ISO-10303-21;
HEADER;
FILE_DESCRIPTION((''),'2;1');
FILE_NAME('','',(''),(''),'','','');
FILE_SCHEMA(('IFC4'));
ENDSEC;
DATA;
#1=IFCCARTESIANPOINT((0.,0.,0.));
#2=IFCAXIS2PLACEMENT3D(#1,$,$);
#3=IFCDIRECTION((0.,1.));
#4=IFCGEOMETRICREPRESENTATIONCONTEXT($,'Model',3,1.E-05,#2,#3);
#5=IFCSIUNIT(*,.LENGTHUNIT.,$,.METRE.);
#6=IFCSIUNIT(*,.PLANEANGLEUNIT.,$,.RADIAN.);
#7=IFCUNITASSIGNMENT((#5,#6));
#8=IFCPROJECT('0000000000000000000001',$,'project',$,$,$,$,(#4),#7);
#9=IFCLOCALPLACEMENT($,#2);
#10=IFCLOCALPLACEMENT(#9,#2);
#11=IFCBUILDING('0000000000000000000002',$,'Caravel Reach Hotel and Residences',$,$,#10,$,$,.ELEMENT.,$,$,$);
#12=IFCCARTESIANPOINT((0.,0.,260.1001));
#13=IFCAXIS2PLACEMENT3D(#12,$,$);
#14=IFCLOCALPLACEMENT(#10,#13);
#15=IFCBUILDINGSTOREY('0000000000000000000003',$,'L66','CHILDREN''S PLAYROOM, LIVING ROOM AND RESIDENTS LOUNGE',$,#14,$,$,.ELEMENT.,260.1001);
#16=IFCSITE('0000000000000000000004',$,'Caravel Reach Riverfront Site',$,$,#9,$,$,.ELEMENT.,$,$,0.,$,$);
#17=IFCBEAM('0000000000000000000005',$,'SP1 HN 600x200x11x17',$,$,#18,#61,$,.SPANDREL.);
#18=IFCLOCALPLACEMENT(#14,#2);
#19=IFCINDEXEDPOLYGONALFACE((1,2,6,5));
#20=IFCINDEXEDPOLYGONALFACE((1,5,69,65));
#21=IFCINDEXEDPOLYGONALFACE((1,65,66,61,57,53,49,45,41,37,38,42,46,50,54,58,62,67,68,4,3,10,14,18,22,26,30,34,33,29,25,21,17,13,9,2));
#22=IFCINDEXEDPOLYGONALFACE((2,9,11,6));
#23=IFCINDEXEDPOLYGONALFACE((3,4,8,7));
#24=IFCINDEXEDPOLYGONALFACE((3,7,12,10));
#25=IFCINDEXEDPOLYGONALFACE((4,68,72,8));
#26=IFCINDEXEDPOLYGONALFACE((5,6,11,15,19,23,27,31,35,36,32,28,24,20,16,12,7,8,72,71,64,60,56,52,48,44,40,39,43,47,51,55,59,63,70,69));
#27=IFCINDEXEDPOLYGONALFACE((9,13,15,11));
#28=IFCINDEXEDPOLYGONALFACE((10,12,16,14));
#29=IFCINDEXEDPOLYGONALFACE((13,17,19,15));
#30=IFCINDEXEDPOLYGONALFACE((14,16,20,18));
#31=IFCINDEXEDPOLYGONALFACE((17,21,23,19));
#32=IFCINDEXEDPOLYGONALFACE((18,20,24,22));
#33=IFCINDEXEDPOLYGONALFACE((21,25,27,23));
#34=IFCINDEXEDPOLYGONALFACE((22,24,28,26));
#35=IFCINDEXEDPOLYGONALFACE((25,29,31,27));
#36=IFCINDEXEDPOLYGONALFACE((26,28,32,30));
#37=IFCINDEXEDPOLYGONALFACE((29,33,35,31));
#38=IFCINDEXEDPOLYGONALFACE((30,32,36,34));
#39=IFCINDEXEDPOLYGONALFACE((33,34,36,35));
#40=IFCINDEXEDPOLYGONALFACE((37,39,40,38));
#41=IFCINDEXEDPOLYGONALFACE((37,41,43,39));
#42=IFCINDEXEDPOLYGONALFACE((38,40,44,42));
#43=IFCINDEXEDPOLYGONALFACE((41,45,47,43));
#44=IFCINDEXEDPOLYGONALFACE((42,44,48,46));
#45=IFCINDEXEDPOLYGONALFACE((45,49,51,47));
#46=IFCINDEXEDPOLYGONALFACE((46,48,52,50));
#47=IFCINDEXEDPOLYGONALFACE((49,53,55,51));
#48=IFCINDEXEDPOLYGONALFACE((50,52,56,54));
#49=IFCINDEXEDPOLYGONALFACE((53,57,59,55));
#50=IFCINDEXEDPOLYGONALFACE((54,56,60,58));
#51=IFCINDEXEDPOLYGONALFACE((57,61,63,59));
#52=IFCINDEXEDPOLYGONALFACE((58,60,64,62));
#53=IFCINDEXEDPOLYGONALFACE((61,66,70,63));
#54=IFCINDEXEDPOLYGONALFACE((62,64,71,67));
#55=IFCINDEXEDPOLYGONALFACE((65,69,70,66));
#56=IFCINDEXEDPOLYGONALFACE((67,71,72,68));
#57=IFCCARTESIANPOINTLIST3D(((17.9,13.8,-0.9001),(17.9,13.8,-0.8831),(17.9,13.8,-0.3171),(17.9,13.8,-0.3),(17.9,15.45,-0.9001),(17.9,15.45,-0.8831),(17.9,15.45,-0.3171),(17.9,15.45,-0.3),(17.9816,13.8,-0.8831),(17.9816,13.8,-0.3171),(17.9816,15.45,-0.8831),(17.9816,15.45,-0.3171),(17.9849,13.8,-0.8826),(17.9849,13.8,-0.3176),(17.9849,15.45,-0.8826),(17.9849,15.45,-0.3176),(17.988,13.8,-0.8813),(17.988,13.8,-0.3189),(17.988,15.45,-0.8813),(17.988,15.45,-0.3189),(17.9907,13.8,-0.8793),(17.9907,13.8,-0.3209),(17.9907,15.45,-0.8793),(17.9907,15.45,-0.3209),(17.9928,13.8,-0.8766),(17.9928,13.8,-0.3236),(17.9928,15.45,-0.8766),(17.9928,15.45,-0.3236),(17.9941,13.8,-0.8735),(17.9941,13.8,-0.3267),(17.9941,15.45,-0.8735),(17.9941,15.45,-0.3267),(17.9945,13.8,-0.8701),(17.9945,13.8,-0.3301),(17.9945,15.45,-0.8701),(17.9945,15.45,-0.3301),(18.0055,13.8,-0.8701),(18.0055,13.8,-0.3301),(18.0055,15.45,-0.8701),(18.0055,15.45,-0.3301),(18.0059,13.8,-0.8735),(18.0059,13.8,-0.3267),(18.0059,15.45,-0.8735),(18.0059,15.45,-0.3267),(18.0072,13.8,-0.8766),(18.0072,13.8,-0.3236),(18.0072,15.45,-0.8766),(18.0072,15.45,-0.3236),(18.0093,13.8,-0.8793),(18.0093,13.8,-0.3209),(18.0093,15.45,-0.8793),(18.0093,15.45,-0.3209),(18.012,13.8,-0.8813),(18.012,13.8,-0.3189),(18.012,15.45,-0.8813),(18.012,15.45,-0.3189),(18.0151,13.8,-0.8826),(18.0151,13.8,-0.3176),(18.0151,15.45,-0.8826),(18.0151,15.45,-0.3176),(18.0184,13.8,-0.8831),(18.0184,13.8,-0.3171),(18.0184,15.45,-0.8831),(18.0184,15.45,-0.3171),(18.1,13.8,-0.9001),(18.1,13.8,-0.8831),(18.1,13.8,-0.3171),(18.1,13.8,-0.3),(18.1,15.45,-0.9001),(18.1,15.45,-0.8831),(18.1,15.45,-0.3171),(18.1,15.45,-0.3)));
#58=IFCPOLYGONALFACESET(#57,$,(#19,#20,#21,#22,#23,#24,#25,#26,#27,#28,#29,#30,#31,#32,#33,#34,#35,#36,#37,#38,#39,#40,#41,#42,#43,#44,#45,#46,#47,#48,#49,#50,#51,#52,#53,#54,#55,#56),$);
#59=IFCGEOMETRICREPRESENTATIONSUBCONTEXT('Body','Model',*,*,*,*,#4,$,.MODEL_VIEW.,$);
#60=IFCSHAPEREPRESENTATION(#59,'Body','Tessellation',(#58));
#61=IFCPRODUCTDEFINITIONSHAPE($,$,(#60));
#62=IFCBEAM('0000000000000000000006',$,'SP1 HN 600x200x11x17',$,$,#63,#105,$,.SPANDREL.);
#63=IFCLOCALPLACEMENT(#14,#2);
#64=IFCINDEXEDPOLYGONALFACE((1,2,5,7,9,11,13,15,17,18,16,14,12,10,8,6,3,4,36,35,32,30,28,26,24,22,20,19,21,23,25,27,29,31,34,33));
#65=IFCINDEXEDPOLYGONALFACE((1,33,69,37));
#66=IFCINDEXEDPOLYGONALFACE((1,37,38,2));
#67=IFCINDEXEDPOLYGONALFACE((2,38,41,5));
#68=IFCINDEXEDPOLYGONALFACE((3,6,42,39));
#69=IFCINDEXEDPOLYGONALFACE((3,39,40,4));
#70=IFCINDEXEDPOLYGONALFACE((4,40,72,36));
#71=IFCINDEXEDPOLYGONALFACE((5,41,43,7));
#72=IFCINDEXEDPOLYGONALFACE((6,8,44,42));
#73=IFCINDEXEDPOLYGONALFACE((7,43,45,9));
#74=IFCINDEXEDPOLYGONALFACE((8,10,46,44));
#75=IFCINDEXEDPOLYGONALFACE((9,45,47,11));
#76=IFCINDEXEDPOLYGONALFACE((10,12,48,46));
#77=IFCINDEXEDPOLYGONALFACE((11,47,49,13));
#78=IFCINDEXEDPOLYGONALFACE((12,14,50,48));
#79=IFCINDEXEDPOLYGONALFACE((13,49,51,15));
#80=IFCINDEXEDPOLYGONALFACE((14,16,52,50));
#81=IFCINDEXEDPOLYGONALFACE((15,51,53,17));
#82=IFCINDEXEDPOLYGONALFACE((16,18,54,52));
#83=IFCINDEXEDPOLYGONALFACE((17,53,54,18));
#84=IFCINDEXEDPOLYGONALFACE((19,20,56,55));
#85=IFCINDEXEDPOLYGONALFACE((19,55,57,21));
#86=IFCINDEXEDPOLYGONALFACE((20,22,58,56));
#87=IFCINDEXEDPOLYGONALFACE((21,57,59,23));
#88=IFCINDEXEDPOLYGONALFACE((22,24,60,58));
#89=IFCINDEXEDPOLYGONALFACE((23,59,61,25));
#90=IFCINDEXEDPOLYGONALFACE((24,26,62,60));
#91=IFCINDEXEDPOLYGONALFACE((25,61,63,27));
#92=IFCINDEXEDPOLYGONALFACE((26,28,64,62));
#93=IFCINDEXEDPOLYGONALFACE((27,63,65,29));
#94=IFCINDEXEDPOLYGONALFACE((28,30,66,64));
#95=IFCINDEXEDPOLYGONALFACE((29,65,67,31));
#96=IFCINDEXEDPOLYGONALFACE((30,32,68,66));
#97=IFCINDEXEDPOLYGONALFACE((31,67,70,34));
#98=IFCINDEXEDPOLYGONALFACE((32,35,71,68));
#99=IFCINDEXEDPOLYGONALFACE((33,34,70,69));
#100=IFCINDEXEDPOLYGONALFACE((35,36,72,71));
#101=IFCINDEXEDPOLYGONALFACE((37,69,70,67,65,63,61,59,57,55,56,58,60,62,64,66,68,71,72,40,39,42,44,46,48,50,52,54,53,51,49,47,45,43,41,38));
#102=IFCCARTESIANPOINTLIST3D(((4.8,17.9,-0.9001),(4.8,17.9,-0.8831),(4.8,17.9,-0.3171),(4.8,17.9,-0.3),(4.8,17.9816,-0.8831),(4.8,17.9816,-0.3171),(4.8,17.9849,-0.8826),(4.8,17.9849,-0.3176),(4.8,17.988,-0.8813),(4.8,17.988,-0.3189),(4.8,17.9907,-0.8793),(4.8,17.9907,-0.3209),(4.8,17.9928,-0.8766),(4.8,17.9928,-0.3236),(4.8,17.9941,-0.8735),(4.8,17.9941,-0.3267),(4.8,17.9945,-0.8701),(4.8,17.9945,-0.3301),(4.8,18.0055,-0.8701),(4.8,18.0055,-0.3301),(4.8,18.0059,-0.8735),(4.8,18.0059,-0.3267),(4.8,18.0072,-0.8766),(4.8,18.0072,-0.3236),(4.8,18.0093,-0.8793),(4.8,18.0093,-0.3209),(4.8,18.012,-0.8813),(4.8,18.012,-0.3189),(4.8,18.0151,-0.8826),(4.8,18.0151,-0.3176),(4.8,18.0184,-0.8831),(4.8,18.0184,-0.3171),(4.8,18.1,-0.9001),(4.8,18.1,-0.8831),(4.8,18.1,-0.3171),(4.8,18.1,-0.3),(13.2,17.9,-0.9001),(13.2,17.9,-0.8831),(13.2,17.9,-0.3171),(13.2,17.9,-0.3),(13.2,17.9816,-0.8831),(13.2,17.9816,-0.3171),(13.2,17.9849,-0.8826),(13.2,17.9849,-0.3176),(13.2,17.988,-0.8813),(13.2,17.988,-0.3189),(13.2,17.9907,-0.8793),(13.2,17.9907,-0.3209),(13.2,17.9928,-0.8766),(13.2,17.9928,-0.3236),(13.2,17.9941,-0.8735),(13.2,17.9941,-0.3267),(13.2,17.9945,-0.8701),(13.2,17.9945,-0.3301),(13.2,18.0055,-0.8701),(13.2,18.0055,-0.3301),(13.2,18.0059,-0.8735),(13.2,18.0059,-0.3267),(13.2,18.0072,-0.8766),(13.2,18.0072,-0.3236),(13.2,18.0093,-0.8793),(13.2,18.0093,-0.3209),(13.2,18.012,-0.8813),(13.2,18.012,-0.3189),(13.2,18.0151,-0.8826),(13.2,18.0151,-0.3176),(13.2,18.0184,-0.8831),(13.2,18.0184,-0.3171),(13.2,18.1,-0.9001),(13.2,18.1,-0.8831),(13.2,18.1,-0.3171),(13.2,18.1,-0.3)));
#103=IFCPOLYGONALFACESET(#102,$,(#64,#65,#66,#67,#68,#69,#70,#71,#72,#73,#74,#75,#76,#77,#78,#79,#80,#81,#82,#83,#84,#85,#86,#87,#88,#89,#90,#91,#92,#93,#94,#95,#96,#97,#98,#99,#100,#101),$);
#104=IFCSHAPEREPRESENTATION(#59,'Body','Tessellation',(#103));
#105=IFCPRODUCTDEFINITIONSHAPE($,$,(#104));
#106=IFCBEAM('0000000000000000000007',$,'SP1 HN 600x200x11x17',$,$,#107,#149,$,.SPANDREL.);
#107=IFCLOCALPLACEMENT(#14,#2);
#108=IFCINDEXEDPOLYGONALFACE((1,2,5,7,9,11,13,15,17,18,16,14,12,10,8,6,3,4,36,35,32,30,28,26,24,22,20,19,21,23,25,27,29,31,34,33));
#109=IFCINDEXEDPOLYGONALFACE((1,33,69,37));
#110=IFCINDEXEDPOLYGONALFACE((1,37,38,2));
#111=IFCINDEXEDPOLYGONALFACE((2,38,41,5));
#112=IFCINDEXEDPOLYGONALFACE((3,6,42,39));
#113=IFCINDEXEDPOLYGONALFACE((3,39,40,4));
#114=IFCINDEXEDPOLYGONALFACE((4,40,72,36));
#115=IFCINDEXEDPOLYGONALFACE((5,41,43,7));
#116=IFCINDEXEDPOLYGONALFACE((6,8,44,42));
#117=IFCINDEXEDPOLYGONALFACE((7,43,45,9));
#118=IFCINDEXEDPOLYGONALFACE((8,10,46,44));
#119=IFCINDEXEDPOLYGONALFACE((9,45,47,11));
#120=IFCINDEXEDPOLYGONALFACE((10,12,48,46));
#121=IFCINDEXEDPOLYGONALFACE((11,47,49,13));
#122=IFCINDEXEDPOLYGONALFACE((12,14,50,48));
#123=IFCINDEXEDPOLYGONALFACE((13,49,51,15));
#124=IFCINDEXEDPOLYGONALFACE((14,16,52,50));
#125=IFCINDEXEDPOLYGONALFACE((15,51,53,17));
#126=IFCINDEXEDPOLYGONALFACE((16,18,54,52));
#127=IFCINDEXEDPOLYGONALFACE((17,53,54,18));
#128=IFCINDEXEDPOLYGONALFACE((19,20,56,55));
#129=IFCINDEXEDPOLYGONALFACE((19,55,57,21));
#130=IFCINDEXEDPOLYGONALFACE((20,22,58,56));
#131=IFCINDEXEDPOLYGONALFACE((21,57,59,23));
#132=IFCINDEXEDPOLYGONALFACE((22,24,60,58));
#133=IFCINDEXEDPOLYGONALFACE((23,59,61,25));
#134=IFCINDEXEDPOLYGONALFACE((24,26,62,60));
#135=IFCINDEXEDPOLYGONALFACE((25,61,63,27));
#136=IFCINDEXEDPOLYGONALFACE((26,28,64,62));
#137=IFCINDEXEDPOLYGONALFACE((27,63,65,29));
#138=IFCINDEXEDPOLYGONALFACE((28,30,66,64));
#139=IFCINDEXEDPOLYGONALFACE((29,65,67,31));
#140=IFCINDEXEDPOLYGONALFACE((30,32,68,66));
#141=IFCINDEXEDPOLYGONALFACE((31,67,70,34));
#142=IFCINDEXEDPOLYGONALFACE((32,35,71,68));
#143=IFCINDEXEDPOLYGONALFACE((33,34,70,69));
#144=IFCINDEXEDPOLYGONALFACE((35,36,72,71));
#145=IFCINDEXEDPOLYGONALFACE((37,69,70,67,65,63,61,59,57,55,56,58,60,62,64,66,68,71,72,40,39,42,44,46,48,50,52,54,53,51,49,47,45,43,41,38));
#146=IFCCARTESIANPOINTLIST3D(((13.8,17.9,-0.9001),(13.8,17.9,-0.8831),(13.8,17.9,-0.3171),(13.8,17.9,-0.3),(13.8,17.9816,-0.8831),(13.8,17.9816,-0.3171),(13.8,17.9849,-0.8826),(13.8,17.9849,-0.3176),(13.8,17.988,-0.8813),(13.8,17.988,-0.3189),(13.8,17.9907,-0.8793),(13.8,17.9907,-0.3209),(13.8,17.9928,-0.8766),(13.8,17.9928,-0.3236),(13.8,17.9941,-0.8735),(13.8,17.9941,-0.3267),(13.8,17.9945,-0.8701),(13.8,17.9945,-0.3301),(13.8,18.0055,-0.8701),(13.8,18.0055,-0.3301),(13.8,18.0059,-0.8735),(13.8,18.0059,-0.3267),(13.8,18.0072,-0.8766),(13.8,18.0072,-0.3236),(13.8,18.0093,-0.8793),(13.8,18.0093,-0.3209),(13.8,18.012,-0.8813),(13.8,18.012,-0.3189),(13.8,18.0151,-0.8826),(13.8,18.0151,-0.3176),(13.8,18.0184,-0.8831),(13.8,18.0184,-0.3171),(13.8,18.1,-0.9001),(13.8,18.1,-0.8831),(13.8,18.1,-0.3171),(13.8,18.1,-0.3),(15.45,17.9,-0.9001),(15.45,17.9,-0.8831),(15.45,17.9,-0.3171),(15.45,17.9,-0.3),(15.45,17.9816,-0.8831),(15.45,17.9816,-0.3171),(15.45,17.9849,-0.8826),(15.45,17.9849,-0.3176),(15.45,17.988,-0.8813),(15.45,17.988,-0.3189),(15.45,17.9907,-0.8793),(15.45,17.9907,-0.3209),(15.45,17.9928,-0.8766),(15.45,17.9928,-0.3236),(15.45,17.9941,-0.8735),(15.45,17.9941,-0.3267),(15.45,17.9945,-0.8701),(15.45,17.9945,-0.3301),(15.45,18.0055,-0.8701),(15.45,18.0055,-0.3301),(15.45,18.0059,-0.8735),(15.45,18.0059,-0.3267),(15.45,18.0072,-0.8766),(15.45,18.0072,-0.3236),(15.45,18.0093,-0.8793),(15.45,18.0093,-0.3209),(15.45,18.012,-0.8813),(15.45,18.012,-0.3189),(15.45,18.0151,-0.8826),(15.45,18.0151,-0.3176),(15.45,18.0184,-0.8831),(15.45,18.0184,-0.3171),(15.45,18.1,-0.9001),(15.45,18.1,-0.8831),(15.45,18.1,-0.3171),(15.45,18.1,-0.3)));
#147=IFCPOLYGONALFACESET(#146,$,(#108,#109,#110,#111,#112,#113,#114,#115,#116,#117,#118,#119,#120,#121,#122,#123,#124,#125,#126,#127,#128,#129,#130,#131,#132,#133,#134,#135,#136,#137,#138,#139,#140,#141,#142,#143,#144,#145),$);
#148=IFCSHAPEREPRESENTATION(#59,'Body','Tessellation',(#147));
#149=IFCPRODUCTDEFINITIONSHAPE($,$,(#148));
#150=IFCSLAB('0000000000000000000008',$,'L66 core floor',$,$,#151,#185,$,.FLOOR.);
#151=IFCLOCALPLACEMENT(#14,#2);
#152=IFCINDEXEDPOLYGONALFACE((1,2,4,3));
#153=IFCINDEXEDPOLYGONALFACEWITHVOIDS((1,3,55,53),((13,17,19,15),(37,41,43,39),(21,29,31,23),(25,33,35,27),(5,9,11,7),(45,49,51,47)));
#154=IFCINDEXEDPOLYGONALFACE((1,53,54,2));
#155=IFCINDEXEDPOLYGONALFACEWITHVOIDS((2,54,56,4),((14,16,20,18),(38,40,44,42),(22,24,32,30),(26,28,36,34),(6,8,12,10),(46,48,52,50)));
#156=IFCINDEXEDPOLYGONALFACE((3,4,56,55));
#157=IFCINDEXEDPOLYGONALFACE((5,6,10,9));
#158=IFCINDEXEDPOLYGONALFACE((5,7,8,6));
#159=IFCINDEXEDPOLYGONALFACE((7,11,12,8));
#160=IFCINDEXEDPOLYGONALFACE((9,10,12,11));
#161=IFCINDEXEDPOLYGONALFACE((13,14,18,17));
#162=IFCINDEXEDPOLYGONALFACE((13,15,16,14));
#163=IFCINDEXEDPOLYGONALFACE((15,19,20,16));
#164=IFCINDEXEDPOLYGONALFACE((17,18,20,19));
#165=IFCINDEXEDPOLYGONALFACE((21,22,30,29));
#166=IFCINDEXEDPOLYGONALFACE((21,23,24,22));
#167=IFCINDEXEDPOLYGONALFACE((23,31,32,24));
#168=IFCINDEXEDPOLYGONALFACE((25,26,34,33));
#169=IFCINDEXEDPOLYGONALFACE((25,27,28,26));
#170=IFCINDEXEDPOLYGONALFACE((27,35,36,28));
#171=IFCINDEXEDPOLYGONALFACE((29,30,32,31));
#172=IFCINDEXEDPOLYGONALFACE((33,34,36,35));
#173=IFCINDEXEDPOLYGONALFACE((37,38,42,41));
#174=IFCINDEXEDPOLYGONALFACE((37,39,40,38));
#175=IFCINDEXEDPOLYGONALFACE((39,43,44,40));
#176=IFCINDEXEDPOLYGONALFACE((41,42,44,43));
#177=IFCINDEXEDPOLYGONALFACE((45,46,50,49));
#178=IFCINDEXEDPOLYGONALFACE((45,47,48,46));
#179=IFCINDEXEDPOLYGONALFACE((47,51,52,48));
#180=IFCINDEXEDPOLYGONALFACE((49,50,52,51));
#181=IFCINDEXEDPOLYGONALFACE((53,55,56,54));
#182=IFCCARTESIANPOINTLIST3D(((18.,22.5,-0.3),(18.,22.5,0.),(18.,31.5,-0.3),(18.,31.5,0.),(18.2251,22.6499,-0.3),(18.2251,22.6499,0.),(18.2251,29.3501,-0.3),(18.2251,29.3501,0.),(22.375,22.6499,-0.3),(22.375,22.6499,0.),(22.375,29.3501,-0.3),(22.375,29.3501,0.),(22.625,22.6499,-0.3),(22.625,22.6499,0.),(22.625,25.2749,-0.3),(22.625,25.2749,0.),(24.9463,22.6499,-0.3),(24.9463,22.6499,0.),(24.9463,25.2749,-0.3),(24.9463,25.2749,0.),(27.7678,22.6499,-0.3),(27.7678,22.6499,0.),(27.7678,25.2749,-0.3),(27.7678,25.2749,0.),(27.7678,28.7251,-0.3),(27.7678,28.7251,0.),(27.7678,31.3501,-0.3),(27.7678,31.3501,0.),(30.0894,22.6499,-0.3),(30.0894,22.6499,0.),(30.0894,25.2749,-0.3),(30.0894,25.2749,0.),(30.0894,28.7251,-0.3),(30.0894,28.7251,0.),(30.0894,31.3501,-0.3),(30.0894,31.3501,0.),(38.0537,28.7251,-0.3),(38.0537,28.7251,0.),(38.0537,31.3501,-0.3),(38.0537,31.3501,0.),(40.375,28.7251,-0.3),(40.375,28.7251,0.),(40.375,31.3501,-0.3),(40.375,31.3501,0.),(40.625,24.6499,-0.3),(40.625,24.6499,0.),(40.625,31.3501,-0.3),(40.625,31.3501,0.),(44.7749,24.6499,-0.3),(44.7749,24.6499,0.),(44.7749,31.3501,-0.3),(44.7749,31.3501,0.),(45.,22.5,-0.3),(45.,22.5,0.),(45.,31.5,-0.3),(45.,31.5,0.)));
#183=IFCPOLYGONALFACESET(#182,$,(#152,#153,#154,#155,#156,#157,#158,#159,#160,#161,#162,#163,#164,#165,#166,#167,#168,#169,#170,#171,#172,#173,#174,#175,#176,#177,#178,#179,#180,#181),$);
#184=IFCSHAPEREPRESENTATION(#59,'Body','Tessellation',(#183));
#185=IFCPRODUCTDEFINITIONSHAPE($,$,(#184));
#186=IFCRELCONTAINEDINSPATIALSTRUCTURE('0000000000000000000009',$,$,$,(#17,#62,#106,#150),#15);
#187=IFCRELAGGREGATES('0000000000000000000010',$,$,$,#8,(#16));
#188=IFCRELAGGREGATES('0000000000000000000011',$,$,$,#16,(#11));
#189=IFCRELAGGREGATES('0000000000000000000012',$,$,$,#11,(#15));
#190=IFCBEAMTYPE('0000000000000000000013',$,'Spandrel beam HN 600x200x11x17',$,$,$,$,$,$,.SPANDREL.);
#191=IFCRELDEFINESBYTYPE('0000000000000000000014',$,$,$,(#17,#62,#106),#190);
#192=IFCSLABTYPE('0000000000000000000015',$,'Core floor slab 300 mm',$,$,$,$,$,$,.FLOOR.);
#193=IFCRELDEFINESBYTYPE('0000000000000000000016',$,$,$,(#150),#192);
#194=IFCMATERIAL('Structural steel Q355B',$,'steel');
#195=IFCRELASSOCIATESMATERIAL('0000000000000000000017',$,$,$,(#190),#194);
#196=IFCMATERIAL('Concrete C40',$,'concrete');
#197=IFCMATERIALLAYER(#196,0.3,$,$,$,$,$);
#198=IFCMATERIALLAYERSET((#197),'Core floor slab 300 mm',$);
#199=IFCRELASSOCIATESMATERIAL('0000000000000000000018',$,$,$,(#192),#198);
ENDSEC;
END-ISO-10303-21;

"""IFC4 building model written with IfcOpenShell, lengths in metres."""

from ifc_helpers import new_model, si_unit, direction, frame, origin, origin_2d, place, context, subcontext, project, spatial, polyline, i_section, outline, extrude, material, layer, layer_set, material_profile, profile_set, type_object, element, save


model = new_model("IFC4")

# Units and contexts
model_context = context("Model", 3, precision=1e-05, world=origin(), true_north=direction((0.0, 1.0)))
body_context = subcontext(model_context, "Body", "Model", "MODEL_VIEW")
ifc_project = project(units=[si_unit("LENGTHUNIT", "METRE"), si_unit("PLANEANGLEUNIT", "RADIAN")], contexts=[model_context])

# Site, building, storey
site_placement = place(None, origin())
site = spatial("IfcSite", under=ifc_project, at=site_placement, Name="Caravel Reach Riverfront Site", CompositionType="ELEMENT", RefElevation=0.0)
building_placement = place(site_placement, origin())
building = spatial("IfcBuilding", under=site, at=building_placement, Name="Caravel Reach Hotel and Residences", CompositionType="ELEMENT")
storey_placement = place(building_placement, frame((0.0, 0.0, 260.1001)))
storey = spatial("IfcBuildingStorey", under=building, at=storey_placement, Name="L66", Description="CHILDREN'S PLAYROOM, LIVING ROOM AND RESIDENTS LOUNGE", CompositionType="ELEMENT", Elevation=260.1001)

# Beams
ifc_material_1 = material(Name="Structural steel Q355B", Category="steel")
ifc_material_profile_1 = material_profile(ifc_material_1, i_section(OverallWidth=0.2, OverallDepth=0.6001, WebThickness=0.011, FlangeThickness=0.0171, FilletRadius=0.0129, at=origin_2d()), Name="HN 600x200x11x17")
ifc_profile_set_1 = profile_set([ifc_material_profile_1], Name="Structural steel Q355B")
beam_type = type_object("IfcBeamType", Name="Spandrel beam HN 600x200x11x17", PredefinedType="SPANDREL", material=ifc_profile_set_1)
for number, where, z_axis, x_axis, name in (
    (1, (18.0, 15.45, -0.6001), (0.0, -1.0, 0.0), (1.0, 0.0, 0.0), "SP1 HN 600x200x11x17"),
):
    element("IfcBeam", number, at=place(storey_placement, frame(where, z_axis=z_axis, x_axis=x_axis)), inside=storey, type_object=beam_type, Name=name, PredefinedType="SPANDREL", context=body_context, shape_type="SweptSolid", body=[
        extrude(i_section(OverallWidth=0.2, OverallDepth=0.6001, WebThickness=0.011, FlangeThickness=0.0171, FilletRadius=0.0129, at=origin_2d()), origin(), (0.0, 0.0, 1.0), 1.6499),
    ])
beam_1_placement = place(storey_placement, frame((4.8, 18.0, -0.6001), z_axis=(1.0, 0.0, 0.0), x_axis=(0.0, 1.0, 0.0)))
element("IfcBeam", 2, at=beam_1_placement, inside=storey, type_object=beam_type, Name="SP1 HN 600x200x11x17", PredefinedType="SPANDREL", context=body_context, shape_type="SweptSolid", body=[
    extrude(i_section(OverallWidth=0.2, OverallDepth=0.6001, WebThickness=0.011, FlangeThickness=0.0171, FilletRadius=0.0129, at=origin_2d()), origin(), (0.0, 0.0, 1.0), 8.3999),
])
beam_2_placement = place(storey_placement, frame((13.8, 18.0, -0.6001), z_axis=(1.0, 0.0, 0.0), x_axis=(0.0, 1.0, 0.0)))
element("IfcBeam", 3, at=beam_2_placement, inside=storey, type_object=beam_type, Name="SP1 HN 600x200x11x17", PredefinedType="SPANDREL", context=body_context, shape_type="SweptSolid", body=[
    extrude(i_section(OverallWidth=0.2, OverallDepth=0.6001, WebThickness=0.011, FlangeThickness=0.0171, FilletRadius=0.0129, at=origin_2d()), origin(), (0.0, 0.0, 1.0), 1.6499),
])

# Slab
ifc_material_2 = material(Name="Concrete C40", Category="concrete")
ifc_layer_1 = layer(ifc_material_2, 0.3)
ifc_layer_set_1 = layer_set([ifc_layer_1], Name="Core floor slab 300 mm")
slab_type_1 = type_object("IfcSlabType", Name="Core floor slab 300 mm", PredefinedType="FLOOR", material=ifc_layer_set_1)
slab_1_placement = place(storey_placement, frame((0.0, 0.0, -0.3)))
element("IfcSlab", 4, at=slab_1_placement, inside=storey, type_object=slab_type_1, Name="L66 core floor", PredefinedType="FLOOR", context=body_context, shape_type="SweptSolid", body=[
    extrude(outline(polyline([(18.0, 31.5), (45.0, 31.5), (45.0, 22.5), (18.0, 22.5), (18.0, 31.5)]), holes=[polyline([(22.625, 22.6499), (24.9463, 22.6499), (24.9463, 25.2749), (22.625, 25.2749), (22.625, 22.6499)]), polyline([(27.7678, 25.2749), (27.7678, 22.6499), (30.0894, 22.6499), (30.0894, 25.2749), (27.7678, 25.2749)]), polyline([(22.375, 22.6499), (22.375, 29.3501), (18.2251, 29.3501), (18.2251, 22.6499), (22.375, 22.6499)]), polyline([(40.625, 24.6499), (44.7749, 24.6499), (44.7749, 31.3501), (40.625, 31.3501), (40.625, 24.6499)]), polyline([(27.7678, 31.3501), (27.7678, 28.7251), (30.0894, 28.7251), (30.0894, 31.3501), (27.7678, 31.3501)]), polyline([(38.0537, 31.3501), (38.0537, 28.7251), (40.375, 28.7251), (40.375, 31.3501), (38.0537, 31.3501)])]), origin(), (0.0, 0.0, 1.0), 0.3),
])

save(model, "model.ifc")
